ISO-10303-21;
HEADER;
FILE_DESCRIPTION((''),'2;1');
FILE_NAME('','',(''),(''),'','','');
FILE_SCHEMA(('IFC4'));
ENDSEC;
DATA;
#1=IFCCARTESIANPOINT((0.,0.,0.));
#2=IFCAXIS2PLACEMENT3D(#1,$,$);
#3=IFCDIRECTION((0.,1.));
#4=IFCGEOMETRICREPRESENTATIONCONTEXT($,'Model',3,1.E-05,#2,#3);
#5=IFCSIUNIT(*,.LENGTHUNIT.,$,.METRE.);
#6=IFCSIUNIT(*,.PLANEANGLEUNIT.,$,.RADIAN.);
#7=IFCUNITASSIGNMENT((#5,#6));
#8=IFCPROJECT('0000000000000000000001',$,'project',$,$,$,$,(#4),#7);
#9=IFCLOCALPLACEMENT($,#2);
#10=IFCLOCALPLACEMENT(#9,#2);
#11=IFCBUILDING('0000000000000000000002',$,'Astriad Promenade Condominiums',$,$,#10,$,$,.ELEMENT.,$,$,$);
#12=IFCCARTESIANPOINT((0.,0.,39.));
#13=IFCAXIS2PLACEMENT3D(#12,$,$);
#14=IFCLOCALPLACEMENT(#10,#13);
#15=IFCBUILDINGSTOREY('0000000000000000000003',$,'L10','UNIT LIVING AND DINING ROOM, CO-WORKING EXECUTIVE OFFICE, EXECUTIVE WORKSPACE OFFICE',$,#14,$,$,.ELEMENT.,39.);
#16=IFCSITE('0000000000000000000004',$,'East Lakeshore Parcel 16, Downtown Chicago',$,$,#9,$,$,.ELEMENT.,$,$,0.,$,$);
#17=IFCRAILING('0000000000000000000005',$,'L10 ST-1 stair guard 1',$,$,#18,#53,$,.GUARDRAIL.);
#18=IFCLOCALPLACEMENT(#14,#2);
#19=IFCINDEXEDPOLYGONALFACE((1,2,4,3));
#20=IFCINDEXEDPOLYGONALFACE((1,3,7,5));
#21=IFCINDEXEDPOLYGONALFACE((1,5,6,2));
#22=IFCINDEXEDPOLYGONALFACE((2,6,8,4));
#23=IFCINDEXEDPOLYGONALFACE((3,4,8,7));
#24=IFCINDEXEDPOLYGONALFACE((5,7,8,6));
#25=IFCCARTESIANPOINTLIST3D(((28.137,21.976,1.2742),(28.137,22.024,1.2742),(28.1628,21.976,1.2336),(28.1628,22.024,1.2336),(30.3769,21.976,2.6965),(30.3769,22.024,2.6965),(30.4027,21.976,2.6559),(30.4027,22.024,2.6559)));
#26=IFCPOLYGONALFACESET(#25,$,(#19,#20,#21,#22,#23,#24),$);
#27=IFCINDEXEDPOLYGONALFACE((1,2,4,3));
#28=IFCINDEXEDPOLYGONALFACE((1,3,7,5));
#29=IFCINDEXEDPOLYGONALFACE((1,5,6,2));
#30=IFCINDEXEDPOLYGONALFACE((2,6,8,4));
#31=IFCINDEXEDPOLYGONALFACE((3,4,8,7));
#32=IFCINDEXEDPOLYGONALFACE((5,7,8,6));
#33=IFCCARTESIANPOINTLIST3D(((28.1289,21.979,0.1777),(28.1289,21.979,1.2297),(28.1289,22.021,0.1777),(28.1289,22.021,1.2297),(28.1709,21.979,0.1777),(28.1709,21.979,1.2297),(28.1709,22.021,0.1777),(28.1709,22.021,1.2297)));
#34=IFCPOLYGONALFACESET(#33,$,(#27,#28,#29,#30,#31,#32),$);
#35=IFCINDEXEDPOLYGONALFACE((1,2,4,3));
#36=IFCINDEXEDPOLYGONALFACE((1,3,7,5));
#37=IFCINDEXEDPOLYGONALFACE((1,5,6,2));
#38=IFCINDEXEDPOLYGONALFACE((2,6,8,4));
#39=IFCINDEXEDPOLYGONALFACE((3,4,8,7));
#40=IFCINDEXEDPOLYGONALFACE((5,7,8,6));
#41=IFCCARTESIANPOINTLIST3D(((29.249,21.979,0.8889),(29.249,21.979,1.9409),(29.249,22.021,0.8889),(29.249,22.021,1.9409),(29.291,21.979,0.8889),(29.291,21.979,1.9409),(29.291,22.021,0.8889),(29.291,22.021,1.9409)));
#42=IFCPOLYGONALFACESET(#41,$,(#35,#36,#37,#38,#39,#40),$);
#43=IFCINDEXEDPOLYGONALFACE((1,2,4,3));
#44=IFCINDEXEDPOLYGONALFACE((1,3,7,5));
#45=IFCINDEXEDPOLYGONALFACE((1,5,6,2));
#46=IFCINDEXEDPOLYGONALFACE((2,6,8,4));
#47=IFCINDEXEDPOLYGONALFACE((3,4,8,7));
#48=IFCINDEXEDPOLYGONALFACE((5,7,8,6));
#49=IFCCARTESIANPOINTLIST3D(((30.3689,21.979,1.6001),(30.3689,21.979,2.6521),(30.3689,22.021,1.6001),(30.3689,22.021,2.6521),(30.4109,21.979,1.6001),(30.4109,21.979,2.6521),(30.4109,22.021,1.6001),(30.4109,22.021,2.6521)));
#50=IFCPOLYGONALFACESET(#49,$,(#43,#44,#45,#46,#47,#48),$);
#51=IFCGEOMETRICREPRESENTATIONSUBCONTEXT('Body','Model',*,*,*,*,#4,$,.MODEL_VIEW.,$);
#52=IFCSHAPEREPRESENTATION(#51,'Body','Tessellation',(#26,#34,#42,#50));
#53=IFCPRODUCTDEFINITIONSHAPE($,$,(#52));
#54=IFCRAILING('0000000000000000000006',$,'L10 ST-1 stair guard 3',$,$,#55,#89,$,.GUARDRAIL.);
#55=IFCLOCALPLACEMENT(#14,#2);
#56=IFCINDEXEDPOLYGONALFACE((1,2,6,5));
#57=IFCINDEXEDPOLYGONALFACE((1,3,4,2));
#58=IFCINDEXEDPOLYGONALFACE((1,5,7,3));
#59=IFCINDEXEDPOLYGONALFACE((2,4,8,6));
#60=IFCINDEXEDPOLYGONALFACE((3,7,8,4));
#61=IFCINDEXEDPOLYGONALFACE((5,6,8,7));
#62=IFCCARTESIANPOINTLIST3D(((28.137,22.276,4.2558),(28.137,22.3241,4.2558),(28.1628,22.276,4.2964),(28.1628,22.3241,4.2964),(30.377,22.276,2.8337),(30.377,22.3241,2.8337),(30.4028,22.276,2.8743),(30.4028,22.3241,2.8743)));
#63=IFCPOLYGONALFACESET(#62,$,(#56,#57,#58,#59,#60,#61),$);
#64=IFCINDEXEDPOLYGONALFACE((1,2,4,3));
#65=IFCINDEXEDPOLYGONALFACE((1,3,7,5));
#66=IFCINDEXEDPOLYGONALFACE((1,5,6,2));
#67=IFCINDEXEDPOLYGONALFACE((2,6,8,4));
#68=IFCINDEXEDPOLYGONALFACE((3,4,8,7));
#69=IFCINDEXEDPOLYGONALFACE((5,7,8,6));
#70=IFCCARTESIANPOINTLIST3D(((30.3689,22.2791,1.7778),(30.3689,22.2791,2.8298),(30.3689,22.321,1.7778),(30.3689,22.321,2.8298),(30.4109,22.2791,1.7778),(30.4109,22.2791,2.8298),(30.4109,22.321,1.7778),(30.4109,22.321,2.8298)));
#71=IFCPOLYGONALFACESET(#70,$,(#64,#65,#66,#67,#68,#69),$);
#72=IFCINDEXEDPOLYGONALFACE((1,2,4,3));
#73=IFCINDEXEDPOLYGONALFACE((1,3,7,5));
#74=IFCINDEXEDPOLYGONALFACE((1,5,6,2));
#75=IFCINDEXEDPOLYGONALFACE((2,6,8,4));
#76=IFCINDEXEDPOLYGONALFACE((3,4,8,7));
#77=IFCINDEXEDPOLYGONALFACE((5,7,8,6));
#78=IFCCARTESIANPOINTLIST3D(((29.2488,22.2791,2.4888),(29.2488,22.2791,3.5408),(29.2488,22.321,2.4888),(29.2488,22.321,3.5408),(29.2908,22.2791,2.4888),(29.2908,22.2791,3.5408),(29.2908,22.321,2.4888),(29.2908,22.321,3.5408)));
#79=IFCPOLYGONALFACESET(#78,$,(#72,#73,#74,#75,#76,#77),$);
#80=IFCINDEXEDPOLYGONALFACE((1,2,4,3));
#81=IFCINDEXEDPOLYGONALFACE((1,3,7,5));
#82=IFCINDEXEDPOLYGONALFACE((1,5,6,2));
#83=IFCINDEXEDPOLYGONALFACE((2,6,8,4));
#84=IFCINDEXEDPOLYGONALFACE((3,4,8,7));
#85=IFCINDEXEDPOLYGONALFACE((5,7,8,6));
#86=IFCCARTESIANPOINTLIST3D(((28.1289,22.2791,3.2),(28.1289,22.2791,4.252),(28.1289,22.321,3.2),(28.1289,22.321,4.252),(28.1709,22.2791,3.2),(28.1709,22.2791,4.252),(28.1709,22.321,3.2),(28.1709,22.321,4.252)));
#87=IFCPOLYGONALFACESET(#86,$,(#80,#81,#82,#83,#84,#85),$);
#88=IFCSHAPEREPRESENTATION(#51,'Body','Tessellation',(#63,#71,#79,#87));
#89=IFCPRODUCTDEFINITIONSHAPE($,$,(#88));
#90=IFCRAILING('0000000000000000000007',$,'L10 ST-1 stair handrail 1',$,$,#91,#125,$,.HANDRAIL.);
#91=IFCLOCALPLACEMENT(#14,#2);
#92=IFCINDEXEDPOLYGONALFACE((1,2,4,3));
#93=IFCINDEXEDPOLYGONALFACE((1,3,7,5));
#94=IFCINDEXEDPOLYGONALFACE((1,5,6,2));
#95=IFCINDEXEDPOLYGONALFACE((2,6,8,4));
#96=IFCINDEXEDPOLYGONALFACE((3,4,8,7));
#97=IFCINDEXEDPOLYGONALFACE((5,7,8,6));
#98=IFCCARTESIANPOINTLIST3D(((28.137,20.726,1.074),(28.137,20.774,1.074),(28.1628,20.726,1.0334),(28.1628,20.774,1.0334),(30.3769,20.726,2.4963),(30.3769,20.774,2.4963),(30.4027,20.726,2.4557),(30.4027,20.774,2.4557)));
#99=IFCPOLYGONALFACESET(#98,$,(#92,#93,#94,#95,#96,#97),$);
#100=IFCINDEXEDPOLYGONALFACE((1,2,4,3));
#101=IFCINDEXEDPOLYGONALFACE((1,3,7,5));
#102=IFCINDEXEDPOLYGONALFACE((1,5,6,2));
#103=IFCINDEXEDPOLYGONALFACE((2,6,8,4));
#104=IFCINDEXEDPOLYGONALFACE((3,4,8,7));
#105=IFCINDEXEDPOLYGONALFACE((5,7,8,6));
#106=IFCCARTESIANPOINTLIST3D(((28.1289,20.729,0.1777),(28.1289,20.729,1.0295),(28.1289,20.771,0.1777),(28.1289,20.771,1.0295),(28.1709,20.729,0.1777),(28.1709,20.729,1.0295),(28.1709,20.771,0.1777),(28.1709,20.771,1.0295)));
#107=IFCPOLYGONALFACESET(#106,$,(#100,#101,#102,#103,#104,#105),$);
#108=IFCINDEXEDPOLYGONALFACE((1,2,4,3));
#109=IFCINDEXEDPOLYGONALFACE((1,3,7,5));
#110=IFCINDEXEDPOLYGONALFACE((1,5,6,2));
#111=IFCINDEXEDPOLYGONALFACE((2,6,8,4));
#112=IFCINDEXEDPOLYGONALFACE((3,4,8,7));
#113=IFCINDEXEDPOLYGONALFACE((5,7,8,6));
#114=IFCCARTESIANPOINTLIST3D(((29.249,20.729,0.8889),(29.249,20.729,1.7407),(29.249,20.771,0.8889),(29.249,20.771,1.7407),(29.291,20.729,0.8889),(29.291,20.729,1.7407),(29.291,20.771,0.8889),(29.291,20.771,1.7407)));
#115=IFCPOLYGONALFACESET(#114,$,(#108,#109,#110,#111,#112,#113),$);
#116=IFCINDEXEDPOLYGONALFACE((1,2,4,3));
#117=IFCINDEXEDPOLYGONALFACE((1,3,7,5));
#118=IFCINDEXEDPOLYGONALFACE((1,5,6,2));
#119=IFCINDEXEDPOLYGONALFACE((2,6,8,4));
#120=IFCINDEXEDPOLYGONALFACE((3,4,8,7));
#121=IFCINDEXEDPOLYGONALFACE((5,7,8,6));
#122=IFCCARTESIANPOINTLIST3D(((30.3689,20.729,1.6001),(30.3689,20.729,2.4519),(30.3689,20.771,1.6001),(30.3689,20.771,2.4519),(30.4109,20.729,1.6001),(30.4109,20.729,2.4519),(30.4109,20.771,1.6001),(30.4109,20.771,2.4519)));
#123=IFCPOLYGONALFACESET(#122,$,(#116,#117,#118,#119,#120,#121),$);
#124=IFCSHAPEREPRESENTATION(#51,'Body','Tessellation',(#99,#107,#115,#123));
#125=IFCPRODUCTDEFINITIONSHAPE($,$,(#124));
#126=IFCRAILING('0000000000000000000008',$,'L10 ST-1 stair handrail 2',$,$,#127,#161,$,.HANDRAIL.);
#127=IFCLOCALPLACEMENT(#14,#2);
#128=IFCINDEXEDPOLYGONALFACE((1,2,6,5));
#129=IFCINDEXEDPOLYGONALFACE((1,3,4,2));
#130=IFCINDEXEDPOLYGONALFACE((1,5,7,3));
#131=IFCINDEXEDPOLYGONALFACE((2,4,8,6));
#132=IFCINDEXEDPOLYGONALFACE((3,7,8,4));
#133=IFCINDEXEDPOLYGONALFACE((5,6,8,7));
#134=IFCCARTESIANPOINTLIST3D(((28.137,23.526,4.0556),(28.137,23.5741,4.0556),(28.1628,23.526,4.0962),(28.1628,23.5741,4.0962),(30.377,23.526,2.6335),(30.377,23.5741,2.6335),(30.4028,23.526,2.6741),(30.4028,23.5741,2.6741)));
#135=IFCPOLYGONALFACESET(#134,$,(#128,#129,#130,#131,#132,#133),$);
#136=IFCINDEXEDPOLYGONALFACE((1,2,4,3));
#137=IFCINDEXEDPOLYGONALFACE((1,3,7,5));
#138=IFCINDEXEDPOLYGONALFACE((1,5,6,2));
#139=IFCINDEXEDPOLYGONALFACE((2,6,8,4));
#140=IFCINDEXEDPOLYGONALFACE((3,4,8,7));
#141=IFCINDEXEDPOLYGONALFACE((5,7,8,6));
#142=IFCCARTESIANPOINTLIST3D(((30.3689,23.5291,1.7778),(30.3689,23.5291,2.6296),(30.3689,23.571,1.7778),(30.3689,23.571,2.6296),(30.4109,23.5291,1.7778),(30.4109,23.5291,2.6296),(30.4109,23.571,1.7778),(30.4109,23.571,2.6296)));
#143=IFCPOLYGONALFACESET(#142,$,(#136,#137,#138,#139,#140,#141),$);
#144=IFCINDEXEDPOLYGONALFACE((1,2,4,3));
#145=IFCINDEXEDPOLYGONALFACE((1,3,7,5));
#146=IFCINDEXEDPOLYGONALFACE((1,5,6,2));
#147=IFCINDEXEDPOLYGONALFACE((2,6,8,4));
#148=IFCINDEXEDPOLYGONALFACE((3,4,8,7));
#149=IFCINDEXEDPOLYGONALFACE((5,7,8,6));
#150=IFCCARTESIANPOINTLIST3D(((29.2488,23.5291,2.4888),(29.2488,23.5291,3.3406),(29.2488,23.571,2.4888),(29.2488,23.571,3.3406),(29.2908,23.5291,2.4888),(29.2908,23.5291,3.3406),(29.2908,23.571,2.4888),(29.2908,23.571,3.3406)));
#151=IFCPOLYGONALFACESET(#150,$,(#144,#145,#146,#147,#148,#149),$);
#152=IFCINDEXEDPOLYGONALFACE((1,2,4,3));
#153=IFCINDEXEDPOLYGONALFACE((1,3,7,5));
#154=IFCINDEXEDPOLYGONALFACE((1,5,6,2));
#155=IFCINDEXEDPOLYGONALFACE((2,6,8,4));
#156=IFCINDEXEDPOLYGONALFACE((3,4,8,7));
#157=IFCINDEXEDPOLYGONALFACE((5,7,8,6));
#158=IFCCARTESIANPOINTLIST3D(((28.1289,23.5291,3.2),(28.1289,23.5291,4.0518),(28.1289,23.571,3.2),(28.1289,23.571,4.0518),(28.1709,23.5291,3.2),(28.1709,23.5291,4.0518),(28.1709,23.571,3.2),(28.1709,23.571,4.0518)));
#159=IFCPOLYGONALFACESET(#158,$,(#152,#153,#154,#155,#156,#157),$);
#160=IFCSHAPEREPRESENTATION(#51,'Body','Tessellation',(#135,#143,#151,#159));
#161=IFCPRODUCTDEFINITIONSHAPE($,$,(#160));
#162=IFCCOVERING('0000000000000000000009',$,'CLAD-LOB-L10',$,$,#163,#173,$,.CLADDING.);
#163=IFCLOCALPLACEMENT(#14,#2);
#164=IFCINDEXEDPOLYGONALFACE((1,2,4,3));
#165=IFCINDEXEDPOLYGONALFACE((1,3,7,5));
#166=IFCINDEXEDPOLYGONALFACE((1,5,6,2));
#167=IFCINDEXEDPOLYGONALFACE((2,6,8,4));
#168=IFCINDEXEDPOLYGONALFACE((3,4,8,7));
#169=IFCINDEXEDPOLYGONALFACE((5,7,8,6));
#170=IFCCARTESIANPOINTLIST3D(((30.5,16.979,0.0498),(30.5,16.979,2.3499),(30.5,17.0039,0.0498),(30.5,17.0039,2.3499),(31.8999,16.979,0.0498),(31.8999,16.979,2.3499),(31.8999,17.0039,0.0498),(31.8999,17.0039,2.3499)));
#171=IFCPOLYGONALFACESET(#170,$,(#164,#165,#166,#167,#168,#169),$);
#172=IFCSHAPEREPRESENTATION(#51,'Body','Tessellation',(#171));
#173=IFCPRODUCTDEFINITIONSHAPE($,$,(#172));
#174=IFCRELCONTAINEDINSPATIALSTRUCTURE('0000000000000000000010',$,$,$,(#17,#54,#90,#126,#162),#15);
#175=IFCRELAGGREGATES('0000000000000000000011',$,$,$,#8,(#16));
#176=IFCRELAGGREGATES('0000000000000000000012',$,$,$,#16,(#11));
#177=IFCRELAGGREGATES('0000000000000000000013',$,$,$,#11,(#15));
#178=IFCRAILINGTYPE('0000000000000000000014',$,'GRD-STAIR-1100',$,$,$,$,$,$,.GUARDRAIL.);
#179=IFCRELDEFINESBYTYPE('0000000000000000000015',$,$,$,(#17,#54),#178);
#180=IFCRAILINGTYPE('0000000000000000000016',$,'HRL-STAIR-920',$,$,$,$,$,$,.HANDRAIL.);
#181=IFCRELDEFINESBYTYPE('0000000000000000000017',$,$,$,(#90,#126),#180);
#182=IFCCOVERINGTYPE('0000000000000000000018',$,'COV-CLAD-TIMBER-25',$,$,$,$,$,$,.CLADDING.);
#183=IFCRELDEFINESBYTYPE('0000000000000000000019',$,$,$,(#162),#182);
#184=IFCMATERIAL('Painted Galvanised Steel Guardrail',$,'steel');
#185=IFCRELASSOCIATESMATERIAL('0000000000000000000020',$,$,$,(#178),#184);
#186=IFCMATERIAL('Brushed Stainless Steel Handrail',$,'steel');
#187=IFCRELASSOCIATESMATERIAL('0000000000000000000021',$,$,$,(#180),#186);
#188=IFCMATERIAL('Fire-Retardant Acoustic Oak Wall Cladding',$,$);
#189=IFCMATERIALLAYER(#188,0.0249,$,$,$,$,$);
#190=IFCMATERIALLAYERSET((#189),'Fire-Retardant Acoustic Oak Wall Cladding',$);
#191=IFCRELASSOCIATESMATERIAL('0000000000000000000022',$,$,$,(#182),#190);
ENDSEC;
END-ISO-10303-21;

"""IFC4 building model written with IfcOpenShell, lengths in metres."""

from ifc_helpers import new_model, si_unit, direction, frame, origin, origin_2d, place, context, subcontext, project, spatial, rectangle, extrude, source, transform, mapped, material, layer, layer_set, type_object, type_shapes, element, save


model = new_model("IFC4")

# Units and contexts
model_context = context("Model", 3, precision=1e-05, world=origin(), true_north=direction((0.0, 1.0)))
body_context = subcontext(model_context, "Body", "Model", "MODEL_VIEW")
ifc_project = project(units=[si_unit("LENGTHUNIT", "METRE"), si_unit("PLANEANGLEUNIT", "RADIAN")], contexts=[model_context])

# Site, building, storey
site_placement = place(None, origin())
site = spatial("IfcSite", under=ifc_project, at=site_placement, Name="East Lakeshore Parcel 16, Downtown Chicago", CompositionType="ELEMENT", RefElevation=0.0)
building_placement = place(site_placement, origin())
building = spatial("IfcBuilding", under=site, at=building_placement, Name="Astriad Promenade Condominiums", CompositionType="ELEMENT")
storey_placement = place(building_placement, frame((0.0, 0.0, 39.0)))
storey = spatial("IfcBuildingStorey", under=building, at=storey_placement, Name="L10", Description="UNIT LIVING AND DINING ROOM, CO-WORKING EXECUTIVE OFFICE, EXECUTIVE WORKSPACE OFFICE", CompositionType="ELEMENT", Elevation=39.0)

# Railings
ifc_material_1 = material(Name="Painted Galvanised Steel Guardrail", Category="steel")
railing_type_1 = type_object("IfcRailingType", Name="GRD-STAIR-1100", PredefinedType="GUARDRAIL", material=ifc_material_1)
shared_shape_1 = source(origin(), body_context, "Body", "SweptSolid", [
    extrude(rectangle(XDim=0.0481, YDim=0.0481, at=origin_2d()), frame((0.0, 0.0, 1.0762), z_axis=(0.844188, 0.0, 0.536048), x_axis=(0.0, 1.0, 0.0)), (0.0, 0.0, 1.0), 2.6533),
    extrude(rectangle(XDim=0.042, YDim=0.042, at=origin_2d()), origin(), (0.0, 0.0, 1.0), 1.052),
    extrude(rectangle(XDim=0.042, YDim=0.042, at=origin_2d()), frame((1.1201, 0.0, 0.7112)), (0.0, 0.0, 1.0), 1.052),
    extrude(rectangle(XDim=0.042, YDim=0.042, at=origin_2d()), frame((2.24, 0.0, 1.4224)), (0.0, 0.0, 1.0), 1.052),
])
railing_1_placement = place(storey_placement, frame((28.1499, 22.0, 0.1777)))
element("IfcRailing", 1, at=railing_1_placement, inside=storey, type_object=railing_type_1, Name="L10 ST-1 stair guard 1", PredefinedType="GUARDRAIL", context=body_context, shape_type="MappedRepresentation", body=[
    mapped(shared_shape_1, transform((0.0, 0.0, 0.0), scale=1.0)),
])
shared_shape_2 = source(origin(), body_context, "Body", "SweptSolid", [
    extrude(rectangle(XDim=0.0481, YDim=0.0481, at=origin_2d()), frame((0.0, 0.0, 1.0762), z_axis=(-0.844229, 0.0, 0.535982), x_axis=(0.0, -1.0, 0.0)), (0.0, 0.0, 1.0), 2.6533),
    extrude(rectangle(XDim=0.042, YDim=0.042, at=origin_2d()), origin(), (0.0, 0.0, 1.0), 1.052),
    extrude(rectangle(XDim=0.042, YDim=0.042, at=origin_2d()), frame((-1.1201, 0.0, 0.7109)), (0.0, 0.0, 1.0), 1.052),
    extrude(rectangle(XDim=0.042, YDim=0.042, at=origin_2d()), frame((-2.24, 0.0, 1.4221)), (0.0, 0.0, 1.0), 1.052),
])
railing_2_placement = place(storey_placement, frame((30.3899, 22.3, 1.7778)))
element("IfcRailing", 2, at=railing_2_placement, inside=storey, type_object=railing_type_1, Name="L10 ST-1 stair guard 3", PredefinedType="GUARDRAIL", context=body_context, shape_type="MappedRepresentation", body=[
    mapped(shared_shape_2, transform((0.0, 0.0, 0.0), scale=1.0)),
])
ifc_material_2 = material(Name="Brushed Stainless Steel Handrail", Category="steel")
railing_type_2 = type_object("IfcRailingType", Name="HRL-STAIR-920", PredefinedType="HANDRAIL", material=ifc_material_2)
shared_shape_3 = source(origin(), body_context, "Body", "SweptSolid", [
    extrude(rectangle(XDim=0.0481, YDim=0.0481, at=origin_2d()), frame((0.0, 0.0, 0.876), z_axis=(0.844188, 0.0, 0.536048), x_axis=(0.0, 1.0, 0.0)), (0.0, 0.0, 1.0), 2.6533),
    extrude(rectangle(XDim=0.042, YDim=0.042, at=origin_2d()), origin(), (0.0, 0.0, 1.0), 0.8518),
    extrude(rectangle(XDim=0.042, YDim=0.042, at=origin_2d()), frame((1.1201, 0.0, 0.7112)), (0.0, 0.0, 1.0), 0.8518),
    extrude(rectangle(XDim=0.042, YDim=0.042, at=origin_2d()), frame((2.24, 0.0, 1.4224)), (0.0, 0.0, 1.0), 0.8518),
])
railing_3_placement = place(storey_placement, frame((28.1499, 20.75, 0.1777)))
element("IfcRailing", 3, at=railing_3_placement, inside=storey, type_object=railing_type_2, Name="L10 ST-1 stair handrail 1", PredefinedType="HANDRAIL", context=body_context, shape_type="MappedRepresentation", body=[
    mapped(shared_shape_3, transform((0.0, 0.0, 0.0), scale=1.0)),
])
shared_shape_4 = source(origin(), body_context, "Body", "SweptSolid", [
    extrude(rectangle(XDim=0.0481, YDim=0.0481, at=origin_2d()), frame((0.0, 0.0, 0.876), z_axis=(-0.844229, 0.0, 0.535982), x_axis=(0.0, -1.0, 0.0)), (0.0, 0.0, 1.0), 2.6533),
    extrude(rectangle(XDim=0.042, YDim=0.042, at=origin_2d()), origin(), (0.0, 0.0, 1.0), 0.8518),
    extrude(rectangle(XDim=0.042, YDim=0.042, at=origin_2d()), frame((-1.1201, 0.0, 0.7109)), (0.0, 0.0, 1.0), 0.8518),
    extrude(rectangle(XDim=0.042, YDim=0.042, at=origin_2d()), frame((-2.24, 0.0, 1.4221)), (0.0, 0.0, 1.0), 0.8518),
])
type_shapes(railing_type_2, [shared_shape_3, shared_shape_4])
railing_4_placement = place(storey_placement, frame((30.3899, 23.55, 1.7778)))
element("IfcRailing", 4, at=railing_4_placement, inside=storey, type_object=railing_type_2, Name="L10 ST-1 stair handrail 2", PredefinedType="HANDRAIL", context=body_context, shape_type="MappedRepresentation", body=[
    mapped(shared_shape_4, transform((0.0, 0.0, 0.0), scale=1.0)),
])

# Covering
ifc_material_3 = material(Name="Fire-Retardant Acoustic Oak Wall Cladding")
ifc_layer_1 = layer(ifc_material_3, 0.0249)
ifc_layer_set_1 = layer_set([ifc_layer_1], Name="Fire-Retardant Acoustic Oak Wall Cladding")
covering_type = type_object("IfcCoveringType", Name="COV-CLAD-TIMBER-25", PredefinedType="CLADDING", material=ifc_layer_set_1)
shared_shape_5 = source(origin(), body_context, "Body", "SweptSolid", [
    extrude(rectangle(XDim=1.3999, YDim=0.0249, at=origin_2d()), origin(), (0.0, 0.0, 1.0), 2.3),
])
type_shapes(covering_type, [shared_shape_5])
covering_placement = place(storey_placement, frame((31.2, 16.9915, 0.0498), z_axis=(0.0, 0.0, 1.0), x_axis=(1.0, 0.0, 0.0)))
element("IfcCovering", 5, at=covering_placement, inside=storey, type_object=covering_type, Name="CLAD-LOB-L10", PredefinedType="CLADDING", context=body_context, shape_type="MappedRepresentation", body=[
    mapped(shared_shape_5, transform((0.0, 0.0, 0.0), scale=1.0)),
])

save(model, "model.ifc")
